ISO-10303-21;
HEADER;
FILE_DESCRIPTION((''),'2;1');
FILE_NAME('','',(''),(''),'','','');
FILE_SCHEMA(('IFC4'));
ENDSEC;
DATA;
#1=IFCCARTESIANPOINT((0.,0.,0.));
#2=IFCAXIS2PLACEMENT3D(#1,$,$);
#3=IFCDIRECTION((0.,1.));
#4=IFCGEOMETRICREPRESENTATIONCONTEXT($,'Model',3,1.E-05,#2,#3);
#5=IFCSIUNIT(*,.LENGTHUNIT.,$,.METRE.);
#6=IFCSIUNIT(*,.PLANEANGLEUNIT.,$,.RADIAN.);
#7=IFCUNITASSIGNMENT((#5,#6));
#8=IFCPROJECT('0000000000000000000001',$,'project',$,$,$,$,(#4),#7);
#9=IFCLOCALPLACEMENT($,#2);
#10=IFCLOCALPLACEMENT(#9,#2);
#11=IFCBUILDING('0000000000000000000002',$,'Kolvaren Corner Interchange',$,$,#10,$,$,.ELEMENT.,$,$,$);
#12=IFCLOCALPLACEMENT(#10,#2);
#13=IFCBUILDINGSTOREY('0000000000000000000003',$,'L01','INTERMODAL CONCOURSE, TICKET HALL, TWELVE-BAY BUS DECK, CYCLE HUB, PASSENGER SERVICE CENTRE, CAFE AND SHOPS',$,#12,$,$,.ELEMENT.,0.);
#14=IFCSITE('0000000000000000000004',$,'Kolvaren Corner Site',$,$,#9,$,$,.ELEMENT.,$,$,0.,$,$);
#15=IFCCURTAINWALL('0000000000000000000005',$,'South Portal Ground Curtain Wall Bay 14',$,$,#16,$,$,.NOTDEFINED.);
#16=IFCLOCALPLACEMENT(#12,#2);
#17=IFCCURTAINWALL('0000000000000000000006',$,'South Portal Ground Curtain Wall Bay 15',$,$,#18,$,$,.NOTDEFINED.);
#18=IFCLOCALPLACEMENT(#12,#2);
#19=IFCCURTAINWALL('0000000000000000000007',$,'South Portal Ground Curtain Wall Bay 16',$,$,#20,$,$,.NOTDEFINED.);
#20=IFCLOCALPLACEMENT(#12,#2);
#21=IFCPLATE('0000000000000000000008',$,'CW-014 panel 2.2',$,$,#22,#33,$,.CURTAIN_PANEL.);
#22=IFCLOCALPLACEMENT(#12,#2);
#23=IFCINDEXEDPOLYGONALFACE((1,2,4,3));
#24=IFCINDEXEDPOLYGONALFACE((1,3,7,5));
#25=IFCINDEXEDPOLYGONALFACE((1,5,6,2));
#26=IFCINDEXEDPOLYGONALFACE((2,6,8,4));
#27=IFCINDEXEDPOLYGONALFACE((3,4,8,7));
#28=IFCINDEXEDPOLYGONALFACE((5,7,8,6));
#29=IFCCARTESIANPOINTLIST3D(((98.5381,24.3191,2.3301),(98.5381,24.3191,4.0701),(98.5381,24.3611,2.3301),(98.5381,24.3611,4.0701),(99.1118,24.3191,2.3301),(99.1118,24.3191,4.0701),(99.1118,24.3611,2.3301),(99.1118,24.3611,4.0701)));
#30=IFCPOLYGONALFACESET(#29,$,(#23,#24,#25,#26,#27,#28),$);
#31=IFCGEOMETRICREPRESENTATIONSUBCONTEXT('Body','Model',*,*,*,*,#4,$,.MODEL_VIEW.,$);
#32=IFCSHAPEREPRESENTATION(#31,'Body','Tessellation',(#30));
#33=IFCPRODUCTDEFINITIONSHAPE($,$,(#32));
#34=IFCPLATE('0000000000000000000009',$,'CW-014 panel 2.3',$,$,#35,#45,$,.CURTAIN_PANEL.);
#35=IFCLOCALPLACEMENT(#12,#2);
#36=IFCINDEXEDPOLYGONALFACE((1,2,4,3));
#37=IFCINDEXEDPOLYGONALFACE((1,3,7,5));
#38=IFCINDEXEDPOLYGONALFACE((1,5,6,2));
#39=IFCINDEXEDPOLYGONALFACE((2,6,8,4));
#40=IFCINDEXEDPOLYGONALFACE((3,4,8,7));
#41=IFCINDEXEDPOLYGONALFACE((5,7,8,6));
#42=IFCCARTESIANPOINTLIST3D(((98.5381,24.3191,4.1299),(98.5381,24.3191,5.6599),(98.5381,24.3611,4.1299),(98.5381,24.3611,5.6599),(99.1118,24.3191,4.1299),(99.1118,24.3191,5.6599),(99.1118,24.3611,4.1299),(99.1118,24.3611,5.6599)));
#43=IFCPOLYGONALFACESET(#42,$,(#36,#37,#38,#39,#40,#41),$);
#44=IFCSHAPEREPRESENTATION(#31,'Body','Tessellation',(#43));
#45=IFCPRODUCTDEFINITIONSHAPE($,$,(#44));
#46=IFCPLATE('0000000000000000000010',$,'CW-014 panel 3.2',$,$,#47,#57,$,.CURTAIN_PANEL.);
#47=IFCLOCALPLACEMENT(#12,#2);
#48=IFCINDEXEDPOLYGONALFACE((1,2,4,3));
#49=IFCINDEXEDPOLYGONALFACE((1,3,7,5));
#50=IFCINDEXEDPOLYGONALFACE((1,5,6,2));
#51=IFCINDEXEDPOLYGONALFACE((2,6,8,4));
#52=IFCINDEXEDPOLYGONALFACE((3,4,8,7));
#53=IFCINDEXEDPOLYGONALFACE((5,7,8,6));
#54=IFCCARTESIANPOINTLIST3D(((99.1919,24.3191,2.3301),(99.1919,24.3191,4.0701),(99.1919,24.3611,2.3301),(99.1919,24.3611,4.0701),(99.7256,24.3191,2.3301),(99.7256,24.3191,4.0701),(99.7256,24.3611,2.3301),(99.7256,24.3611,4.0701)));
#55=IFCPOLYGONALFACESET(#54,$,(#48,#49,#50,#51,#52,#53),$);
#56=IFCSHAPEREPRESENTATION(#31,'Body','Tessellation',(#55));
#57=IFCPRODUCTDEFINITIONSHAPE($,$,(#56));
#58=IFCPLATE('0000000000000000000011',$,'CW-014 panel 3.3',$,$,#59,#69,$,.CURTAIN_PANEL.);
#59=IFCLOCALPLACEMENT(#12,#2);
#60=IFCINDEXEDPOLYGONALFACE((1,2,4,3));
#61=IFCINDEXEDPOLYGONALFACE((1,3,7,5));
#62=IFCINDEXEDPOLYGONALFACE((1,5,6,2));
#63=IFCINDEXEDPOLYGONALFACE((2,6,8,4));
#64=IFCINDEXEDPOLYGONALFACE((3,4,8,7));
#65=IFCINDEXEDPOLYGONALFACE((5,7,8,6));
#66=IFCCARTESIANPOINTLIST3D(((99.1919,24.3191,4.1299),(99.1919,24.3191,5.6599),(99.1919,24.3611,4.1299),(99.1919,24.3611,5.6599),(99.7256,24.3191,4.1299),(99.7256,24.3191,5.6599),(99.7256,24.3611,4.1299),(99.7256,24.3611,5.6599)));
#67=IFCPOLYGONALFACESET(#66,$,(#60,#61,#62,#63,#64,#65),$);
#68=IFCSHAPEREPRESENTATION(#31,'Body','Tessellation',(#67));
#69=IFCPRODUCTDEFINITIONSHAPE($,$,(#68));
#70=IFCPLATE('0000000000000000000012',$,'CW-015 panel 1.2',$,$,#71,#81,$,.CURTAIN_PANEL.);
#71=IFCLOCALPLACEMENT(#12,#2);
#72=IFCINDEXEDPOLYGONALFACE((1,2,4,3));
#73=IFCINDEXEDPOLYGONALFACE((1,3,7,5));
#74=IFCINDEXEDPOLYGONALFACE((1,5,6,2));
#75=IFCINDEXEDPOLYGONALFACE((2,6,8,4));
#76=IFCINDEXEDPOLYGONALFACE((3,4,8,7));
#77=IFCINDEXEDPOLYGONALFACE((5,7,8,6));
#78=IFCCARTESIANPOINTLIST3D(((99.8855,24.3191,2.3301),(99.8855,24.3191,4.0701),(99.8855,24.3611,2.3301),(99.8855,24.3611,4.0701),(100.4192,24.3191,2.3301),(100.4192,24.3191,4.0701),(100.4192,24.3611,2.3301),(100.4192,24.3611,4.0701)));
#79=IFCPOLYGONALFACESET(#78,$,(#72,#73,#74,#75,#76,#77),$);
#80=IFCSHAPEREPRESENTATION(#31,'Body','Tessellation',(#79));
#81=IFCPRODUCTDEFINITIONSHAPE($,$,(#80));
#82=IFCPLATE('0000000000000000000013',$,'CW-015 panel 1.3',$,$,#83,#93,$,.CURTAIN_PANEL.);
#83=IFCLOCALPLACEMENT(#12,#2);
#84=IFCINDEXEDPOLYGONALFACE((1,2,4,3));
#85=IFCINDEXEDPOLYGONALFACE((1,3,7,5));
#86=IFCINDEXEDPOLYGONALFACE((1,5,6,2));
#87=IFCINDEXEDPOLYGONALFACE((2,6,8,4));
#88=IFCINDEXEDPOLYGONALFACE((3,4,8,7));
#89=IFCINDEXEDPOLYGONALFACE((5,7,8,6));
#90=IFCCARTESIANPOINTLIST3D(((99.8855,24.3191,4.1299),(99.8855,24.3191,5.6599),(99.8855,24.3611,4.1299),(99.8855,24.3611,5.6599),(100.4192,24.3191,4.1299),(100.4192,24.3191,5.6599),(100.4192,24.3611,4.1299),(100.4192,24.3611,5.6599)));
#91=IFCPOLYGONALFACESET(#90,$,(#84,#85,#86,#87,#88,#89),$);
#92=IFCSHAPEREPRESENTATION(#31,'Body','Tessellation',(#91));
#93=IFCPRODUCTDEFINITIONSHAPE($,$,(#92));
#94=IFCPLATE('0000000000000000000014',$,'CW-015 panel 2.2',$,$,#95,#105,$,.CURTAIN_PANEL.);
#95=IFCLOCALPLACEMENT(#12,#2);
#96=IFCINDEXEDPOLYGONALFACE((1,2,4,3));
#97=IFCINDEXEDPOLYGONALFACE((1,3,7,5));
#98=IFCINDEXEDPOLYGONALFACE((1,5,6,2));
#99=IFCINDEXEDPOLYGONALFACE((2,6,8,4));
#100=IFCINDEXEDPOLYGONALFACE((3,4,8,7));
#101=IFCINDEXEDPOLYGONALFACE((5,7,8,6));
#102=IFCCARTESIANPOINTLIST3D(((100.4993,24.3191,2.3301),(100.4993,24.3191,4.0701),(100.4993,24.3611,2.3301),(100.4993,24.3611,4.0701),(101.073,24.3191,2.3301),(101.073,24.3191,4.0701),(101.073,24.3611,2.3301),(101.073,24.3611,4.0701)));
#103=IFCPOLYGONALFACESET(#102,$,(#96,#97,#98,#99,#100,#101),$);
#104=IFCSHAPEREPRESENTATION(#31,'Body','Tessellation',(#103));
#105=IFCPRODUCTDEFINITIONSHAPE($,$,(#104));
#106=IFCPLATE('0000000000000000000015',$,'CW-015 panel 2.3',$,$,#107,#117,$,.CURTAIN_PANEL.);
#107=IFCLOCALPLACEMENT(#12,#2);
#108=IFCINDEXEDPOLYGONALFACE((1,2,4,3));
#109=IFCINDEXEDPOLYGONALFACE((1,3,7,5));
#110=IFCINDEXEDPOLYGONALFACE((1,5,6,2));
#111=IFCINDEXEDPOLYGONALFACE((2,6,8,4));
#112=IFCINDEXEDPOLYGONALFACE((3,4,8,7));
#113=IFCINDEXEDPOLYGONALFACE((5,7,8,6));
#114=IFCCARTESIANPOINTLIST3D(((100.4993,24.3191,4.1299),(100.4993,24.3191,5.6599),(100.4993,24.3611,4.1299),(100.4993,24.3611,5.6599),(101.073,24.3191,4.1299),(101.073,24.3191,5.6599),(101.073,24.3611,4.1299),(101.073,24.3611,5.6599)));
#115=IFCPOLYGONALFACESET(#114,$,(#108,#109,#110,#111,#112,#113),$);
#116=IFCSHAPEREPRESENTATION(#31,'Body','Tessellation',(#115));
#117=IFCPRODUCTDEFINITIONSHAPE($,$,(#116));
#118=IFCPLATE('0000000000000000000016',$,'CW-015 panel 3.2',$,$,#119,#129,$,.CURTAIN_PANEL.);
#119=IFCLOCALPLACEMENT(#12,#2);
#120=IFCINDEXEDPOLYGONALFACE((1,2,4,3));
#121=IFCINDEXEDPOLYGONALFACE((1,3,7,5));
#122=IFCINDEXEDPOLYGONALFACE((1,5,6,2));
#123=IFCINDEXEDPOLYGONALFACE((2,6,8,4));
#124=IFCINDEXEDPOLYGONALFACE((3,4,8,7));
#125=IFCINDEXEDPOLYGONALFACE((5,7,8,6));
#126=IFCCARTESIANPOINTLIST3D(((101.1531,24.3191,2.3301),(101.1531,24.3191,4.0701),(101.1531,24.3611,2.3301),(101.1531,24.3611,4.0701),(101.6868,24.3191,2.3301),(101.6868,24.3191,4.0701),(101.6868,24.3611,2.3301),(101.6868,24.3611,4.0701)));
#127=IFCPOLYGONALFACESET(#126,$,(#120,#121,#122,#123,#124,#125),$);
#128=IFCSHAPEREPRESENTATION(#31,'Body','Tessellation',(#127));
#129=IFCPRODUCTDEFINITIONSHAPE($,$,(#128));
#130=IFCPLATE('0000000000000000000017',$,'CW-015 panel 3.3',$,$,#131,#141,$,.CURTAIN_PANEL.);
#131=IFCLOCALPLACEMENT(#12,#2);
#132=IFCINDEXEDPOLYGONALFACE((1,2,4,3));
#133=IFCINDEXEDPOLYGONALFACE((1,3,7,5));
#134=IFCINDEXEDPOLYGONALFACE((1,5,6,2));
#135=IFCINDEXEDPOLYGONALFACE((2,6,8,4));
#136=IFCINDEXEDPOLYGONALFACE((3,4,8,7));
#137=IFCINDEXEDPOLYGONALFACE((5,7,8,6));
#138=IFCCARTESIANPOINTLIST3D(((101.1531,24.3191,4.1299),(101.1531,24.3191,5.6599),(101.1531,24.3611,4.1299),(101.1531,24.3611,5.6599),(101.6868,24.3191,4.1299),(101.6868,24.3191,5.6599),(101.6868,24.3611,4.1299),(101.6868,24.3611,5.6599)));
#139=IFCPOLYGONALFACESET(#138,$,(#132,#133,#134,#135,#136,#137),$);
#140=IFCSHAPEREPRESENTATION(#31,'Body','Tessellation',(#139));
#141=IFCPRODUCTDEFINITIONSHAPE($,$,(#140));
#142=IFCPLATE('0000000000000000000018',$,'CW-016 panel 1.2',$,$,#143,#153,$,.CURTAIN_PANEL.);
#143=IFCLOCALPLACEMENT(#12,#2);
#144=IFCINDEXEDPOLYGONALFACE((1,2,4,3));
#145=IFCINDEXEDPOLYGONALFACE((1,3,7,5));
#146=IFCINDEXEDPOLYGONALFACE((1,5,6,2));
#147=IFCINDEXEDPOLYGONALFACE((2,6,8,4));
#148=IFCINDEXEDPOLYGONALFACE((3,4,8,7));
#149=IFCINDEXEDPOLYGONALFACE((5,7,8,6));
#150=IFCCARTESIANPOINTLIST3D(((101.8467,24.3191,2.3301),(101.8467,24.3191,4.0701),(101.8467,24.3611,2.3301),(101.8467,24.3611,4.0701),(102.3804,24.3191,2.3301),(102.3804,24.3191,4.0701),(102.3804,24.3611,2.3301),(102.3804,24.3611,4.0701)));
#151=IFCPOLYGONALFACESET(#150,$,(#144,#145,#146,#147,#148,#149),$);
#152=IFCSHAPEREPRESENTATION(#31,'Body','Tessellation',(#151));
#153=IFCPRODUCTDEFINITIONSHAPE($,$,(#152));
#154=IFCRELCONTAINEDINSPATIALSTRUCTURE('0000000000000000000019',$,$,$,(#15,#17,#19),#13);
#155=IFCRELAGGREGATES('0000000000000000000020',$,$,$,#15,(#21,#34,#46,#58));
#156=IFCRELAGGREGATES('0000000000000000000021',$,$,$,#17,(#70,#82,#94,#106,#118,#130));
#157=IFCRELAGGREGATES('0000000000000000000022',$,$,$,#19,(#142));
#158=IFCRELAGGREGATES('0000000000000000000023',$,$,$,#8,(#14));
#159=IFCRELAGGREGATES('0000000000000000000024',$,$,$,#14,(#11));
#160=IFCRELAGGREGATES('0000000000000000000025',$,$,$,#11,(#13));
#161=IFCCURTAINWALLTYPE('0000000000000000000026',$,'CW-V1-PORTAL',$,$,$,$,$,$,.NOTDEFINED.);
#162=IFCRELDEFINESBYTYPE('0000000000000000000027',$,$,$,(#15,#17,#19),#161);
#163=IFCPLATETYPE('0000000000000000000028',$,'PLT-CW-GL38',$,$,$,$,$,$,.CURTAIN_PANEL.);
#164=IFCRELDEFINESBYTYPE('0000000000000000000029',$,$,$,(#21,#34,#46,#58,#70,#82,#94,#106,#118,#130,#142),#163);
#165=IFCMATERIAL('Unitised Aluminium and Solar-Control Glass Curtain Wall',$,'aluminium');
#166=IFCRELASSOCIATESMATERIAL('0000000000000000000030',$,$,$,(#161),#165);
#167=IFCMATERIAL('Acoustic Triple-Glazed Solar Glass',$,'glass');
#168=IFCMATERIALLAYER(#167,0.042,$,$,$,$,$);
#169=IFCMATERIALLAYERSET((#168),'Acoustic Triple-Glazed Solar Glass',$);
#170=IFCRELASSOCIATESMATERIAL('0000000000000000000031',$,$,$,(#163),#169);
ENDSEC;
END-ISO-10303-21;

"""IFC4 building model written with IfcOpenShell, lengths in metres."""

from ifc_helpers import new_model, si_unit, direction, frame, origin, origin_2d, place, context, subcontext, project, spatial, rectangle, extrude, material, layer, layer_set, type_object, element, aggregate, save


model = new_model("IFC4")

# Units and contexts
model_context = context("Model", 3, precision=1e-05, world=origin(), true_north=direction((0.0, 1.0)))
body_context = subcontext(model_context, "Body", "Model", "MODEL_VIEW")
ifc_project = project(units=[si_unit("LENGTHUNIT", "METRE"), si_unit("PLANEANGLEUNIT", "RADIAN")], contexts=[model_context])

# Site, building, storey
site_placement = place(None, origin())
site = spatial("IfcSite", under=ifc_project, at=site_placement, Name="Kolvaren Corner Site", CompositionType="ELEMENT", RefElevation=0.0)
building_placement = place(site_placement, origin())
building = spatial("IfcBuilding", under=site, at=building_placement, Name="Kolvaren Corner Interchange", CompositionType="ELEMENT")
storey_placement = place(building_placement, origin())
storey = spatial("IfcBuildingStorey", under=building, at=storey_placement, Name="L01", Description="INTERMODAL CONCOURSE, TICKET HALL, TWELVE-BAY BUS DECK, CYCLE HUB, PASSENGER SERVICE CENTRE, CAFE AND SHOPS", CompositionType="ELEMENT", Elevation=0.0)

# Curtain walls
ifc_material_1 = material(Name="Unitised Aluminium and Solar-Control Glass Curtain Wall", Category="aluminium")
curtain_wall_type = type_object("IfcCurtainWallType", Name="CW-V1-PORTAL", PredefinedType="NOTDEFINED", material=ifc_material_1)
curtain_wall_1_placement = place(storey_placement, origin())
curtain_wall_1 = element("IfcCurtainWall", 1, at=curtain_wall_1_placement, inside=storey, type_object=curtain_wall_type, Name="South Portal Ground Curtain Wall Bay 14", PredefinedType="NOTDEFINED")
curtain_wall_2_placement = place(storey_placement, origin())
curtain_wall_2 = element("IfcCurtainWall", 2, at=curtain_wall_2_placement, inside=storey, type_object=curtain_wall_type, Name="South Portal Ground Curtain Wall Bay 15", PredefinedType="NOTDEFINED")
curtain_wall_3_placement = place(storey_placement, origin())
curtain_wall_3 = element("IfcCurtainWall", 3, at=curtain_wall_3_placement, inside=storey, type_object=curtain_wall_type, Name="South Portal Ground Curtain Wall Bay 16", PredefinedType="NOTDEFINED")

# Plates
ifc_material_2 = material(Name="Acoustic Triple-Glazed Solar Glass", Category="glass")
ifc_layer = layer(ifc_material_2, 0.042)
ifc_layer_set = layer_set([ifc_layer], Name="Acoustic Triple-Glazed Solar Glass")
plate_type = type_object("IfcPlateType", Name="PLT-CW-GL38", PredefinedType="CURTAIN_PANEL", material=ifc_layer_set)
plate_1_placement = place(storey_placement, frame((98.825, 24.3401, 2.3301), z_axis=(0.0, 0.0, 1.0), x_axis=(1.0, 0.0, 0.0)))
plate_1 = element("IfcPlate", 4, at=plate_1_placement, type_object=plate_type, Name="CW-014 panel 2.2", PredefinedType="CURTAIN_PANEL", context=body_context, shape_type="SweptSolid", body=[
    extrude(rectangle(XDim=0.5737, YDim=0.042, at=origin_2d()), origin(), (0.0, 0.0, 1.0), 1.74),
])
plate_2_placement = place(storey_placement, frame((98.825, 24.3401, 4.1299), z_axis=(0.0, 0.0, 1.0), x_axis=(1.0, 0.0, 0.0)))
plate_2 = element("IfcPlate", 5, at=plate_2_placement, type_object=plate_type, Name="CW-014 panel 2.3", PredefinedType="CURTAIN_PANEL", context=body_context, shape_type="SweptSolid", body=[
    extrude(rectangle(XDim=0.5737, YDim=0.042, at=origin_2d()), origin(), (0.0, 0.0, 1.0), 1.53),
])
plate_3_placement = place(storey_placement, frame((99.4587, 24.3401, 2.3301), z_axis=(0.0, 0.0, 1.0), x_axis=(1.0, 0.0, 0.0)))
plate_3 = element("IfcPlate", 6, at=plate_3_placement, type_object=plate_type, Name="CW-014 panel 3.2", PredefinedType="CURTAIN_PANEL", context=body_context, shape_type="SweptSolid", body=[
    extrude(rectangle(XDim=0.5337, YDim=0.042, at=origin_2d()), origin(), (0.0, 0.0, 1.0), 1.74),
])
plate_4_placement = place(storey_placement, frame((99.4587, 24.3401, 4.1299), z_axis=(0.0, 0.0, 1.0), x_axis=(1.0, 0.0, 0.0)))
plate_4 = element("IfcPlate", 7, at=plate_4_placement, type_object=plate_type, Name="CW-014 panel 3.3", PredefinedType="CURTAIN_PANEL", context=body_context, shape_type="SweptSolid", body=[
    extrude(rectangle(XDim=0.5337, YDim=0.042, at=origin_2d()), origin(), (0.0, 0.0, 1.0), 1.53),
])
aggregate(curtain_wall_1, [plate_1, plate_2, plate_3, plate_4])
plate_5_placement = place(storey_placement, frame((100.1523, 24.3401, 2.3301), z_axis=(0.0, 0.0, 1.0), x_axis=(1.0, 0.0, 0.0)))
plate_5 = element("IfcPlate", 8, at=plate_5_placement, type_object=plate_type, Name="CW-015 panel 1.2", PredefinedType="CURTAIN_PANEL", context=body_context, shape_type="SweptSolid", body=[
    extrude(rectangle(XDim=0.5337, YDim=0.042, at=origin_2d()), origin(), (0.0, 0.0, 1.0), 1.74),
])
plate_6_placement = place(storey_placement, frame((100.1523, 24.3401, 4.1299), z_axis=(0.0, 0.0, 1.0), x_axis=(1.0, 0.0, 0.0)))
plate_6 = element("IfcPlate", 9, at=plate_6_placement, type_object=plate_type, Name="CW-015 panel 1.3", PredefinedType="CURTAIN_PANEL", context=body_context, shape_type="SweptSolid", body=[
    extrude(rectangle(XDim=0.5337, YDim=0.042, at=origin_2d()), origin(), (0.0, 0.0, 1.0), 1.53),
])
plate_7_placement = place(storey_placement, frame((100.7861, 24.3401, 2.3301), z_axis=(0.0, 0.0, 1.0), x_axis=(1.0, 0.0, 0.0)))
plate_7 = element("IfcPlate", 10, at=plate_7_placement, type_object=plate_type, Name="CW-015 panel 2.2", PredefinedType="CURTAIN_PANEL", context=body_context, shape_type="SweptSolid", body=[
    extrude(rectangle(XDim=0.5737, YDim=0.042, at=origin_2d()), origin(), (0.0, 0.0, 1.0), 1.74),
])
plate_8_placement = place(storey_placement, frame((100.7861, 24.3401, 4.1299), z_axis=(0.0, 0.0, 1.0), x_axis=(1.0, 0.0, 0.0)))
plate_8 = element("IfcPlate", 11, at=plate_8_placement, type_object=plate_type, Name="CW-015 panel 2.3", PredefinedType="CURTAIN_PANEL", context=body_context, shape_type="SweptSolid", body=[
    extrude(rectangle(XDim=0.5737, YDim=0.042, at=origin_2d()), origin(), (0.0, 0.0, 1.0), 1.53),
])
plate_9_placement = place(storey_placement, frame((101.4199, 24.3401, 2.3301), z_axis=(0.0, 0.0, 1.0), x_axis=(1.0, 0.0, 0.0)))
plate_9 = element("IfcPlate", 12, at=plate_9_placement, type_object=plate_type, Name="CW-015 panel 3.2", PredefinedType="CURTAIN_PANEL", context=body_context, shape_type="SweptSolid", body=[
    extrude(rectangle(XDim=0.5337, YDim=0.042, at=origin_2d()), origin(), (0.0, 0.0, 1.0), 1.74),
])
plate_10_placement = place(storey_placement, frame((101.4199, 24.3401, 4.1299), z_axis=(0.0, 0.0, 1.0), x_axis=(1.0, 0.0, 0.0)))
plate_10 = element("IfcPlate", 13, at=plate_10_placement, type_object=plate_type, Name="CW-015 panel 3.3", PredefinedType="CURTAIN_PANEL", context=body_context, shape_type="SweptSolid", body=[
    extrude(rectangle(XDim=0.5337, YDim=0.042, at=origin_2d()), origin(), (0.0, 0.0, 1.0), 1.53),
])
aggregate(curtain_wall_2, [plate_5, plate_6, plate_7, plate_8, plate_9, plate_10])
plate_11_placement = place(storey_placement, frame((102.1135, 24.3401, 2.3301), z_axis=(0.0, 0.0, 1.0), x_axis=(1.0, 0.0, 0.0)))
plate_11 = element("IfcPlate", 14, at=plate_11_placement, type_object=plate_type, Name="CW-016 panel 1.2", PredefinedType="CURTAIN_PANEL", context=body_context, shape_type="SweptSolid", body=[
    extrude(rectangle(XDim=0.5337, YDim=0.042, at=origin_2d()), origin(), (0.0, 0.0, 1.0), 1.74),
])
aggregate(curtain_wall_3, [plate_11])

save(model, "model.ifc")
